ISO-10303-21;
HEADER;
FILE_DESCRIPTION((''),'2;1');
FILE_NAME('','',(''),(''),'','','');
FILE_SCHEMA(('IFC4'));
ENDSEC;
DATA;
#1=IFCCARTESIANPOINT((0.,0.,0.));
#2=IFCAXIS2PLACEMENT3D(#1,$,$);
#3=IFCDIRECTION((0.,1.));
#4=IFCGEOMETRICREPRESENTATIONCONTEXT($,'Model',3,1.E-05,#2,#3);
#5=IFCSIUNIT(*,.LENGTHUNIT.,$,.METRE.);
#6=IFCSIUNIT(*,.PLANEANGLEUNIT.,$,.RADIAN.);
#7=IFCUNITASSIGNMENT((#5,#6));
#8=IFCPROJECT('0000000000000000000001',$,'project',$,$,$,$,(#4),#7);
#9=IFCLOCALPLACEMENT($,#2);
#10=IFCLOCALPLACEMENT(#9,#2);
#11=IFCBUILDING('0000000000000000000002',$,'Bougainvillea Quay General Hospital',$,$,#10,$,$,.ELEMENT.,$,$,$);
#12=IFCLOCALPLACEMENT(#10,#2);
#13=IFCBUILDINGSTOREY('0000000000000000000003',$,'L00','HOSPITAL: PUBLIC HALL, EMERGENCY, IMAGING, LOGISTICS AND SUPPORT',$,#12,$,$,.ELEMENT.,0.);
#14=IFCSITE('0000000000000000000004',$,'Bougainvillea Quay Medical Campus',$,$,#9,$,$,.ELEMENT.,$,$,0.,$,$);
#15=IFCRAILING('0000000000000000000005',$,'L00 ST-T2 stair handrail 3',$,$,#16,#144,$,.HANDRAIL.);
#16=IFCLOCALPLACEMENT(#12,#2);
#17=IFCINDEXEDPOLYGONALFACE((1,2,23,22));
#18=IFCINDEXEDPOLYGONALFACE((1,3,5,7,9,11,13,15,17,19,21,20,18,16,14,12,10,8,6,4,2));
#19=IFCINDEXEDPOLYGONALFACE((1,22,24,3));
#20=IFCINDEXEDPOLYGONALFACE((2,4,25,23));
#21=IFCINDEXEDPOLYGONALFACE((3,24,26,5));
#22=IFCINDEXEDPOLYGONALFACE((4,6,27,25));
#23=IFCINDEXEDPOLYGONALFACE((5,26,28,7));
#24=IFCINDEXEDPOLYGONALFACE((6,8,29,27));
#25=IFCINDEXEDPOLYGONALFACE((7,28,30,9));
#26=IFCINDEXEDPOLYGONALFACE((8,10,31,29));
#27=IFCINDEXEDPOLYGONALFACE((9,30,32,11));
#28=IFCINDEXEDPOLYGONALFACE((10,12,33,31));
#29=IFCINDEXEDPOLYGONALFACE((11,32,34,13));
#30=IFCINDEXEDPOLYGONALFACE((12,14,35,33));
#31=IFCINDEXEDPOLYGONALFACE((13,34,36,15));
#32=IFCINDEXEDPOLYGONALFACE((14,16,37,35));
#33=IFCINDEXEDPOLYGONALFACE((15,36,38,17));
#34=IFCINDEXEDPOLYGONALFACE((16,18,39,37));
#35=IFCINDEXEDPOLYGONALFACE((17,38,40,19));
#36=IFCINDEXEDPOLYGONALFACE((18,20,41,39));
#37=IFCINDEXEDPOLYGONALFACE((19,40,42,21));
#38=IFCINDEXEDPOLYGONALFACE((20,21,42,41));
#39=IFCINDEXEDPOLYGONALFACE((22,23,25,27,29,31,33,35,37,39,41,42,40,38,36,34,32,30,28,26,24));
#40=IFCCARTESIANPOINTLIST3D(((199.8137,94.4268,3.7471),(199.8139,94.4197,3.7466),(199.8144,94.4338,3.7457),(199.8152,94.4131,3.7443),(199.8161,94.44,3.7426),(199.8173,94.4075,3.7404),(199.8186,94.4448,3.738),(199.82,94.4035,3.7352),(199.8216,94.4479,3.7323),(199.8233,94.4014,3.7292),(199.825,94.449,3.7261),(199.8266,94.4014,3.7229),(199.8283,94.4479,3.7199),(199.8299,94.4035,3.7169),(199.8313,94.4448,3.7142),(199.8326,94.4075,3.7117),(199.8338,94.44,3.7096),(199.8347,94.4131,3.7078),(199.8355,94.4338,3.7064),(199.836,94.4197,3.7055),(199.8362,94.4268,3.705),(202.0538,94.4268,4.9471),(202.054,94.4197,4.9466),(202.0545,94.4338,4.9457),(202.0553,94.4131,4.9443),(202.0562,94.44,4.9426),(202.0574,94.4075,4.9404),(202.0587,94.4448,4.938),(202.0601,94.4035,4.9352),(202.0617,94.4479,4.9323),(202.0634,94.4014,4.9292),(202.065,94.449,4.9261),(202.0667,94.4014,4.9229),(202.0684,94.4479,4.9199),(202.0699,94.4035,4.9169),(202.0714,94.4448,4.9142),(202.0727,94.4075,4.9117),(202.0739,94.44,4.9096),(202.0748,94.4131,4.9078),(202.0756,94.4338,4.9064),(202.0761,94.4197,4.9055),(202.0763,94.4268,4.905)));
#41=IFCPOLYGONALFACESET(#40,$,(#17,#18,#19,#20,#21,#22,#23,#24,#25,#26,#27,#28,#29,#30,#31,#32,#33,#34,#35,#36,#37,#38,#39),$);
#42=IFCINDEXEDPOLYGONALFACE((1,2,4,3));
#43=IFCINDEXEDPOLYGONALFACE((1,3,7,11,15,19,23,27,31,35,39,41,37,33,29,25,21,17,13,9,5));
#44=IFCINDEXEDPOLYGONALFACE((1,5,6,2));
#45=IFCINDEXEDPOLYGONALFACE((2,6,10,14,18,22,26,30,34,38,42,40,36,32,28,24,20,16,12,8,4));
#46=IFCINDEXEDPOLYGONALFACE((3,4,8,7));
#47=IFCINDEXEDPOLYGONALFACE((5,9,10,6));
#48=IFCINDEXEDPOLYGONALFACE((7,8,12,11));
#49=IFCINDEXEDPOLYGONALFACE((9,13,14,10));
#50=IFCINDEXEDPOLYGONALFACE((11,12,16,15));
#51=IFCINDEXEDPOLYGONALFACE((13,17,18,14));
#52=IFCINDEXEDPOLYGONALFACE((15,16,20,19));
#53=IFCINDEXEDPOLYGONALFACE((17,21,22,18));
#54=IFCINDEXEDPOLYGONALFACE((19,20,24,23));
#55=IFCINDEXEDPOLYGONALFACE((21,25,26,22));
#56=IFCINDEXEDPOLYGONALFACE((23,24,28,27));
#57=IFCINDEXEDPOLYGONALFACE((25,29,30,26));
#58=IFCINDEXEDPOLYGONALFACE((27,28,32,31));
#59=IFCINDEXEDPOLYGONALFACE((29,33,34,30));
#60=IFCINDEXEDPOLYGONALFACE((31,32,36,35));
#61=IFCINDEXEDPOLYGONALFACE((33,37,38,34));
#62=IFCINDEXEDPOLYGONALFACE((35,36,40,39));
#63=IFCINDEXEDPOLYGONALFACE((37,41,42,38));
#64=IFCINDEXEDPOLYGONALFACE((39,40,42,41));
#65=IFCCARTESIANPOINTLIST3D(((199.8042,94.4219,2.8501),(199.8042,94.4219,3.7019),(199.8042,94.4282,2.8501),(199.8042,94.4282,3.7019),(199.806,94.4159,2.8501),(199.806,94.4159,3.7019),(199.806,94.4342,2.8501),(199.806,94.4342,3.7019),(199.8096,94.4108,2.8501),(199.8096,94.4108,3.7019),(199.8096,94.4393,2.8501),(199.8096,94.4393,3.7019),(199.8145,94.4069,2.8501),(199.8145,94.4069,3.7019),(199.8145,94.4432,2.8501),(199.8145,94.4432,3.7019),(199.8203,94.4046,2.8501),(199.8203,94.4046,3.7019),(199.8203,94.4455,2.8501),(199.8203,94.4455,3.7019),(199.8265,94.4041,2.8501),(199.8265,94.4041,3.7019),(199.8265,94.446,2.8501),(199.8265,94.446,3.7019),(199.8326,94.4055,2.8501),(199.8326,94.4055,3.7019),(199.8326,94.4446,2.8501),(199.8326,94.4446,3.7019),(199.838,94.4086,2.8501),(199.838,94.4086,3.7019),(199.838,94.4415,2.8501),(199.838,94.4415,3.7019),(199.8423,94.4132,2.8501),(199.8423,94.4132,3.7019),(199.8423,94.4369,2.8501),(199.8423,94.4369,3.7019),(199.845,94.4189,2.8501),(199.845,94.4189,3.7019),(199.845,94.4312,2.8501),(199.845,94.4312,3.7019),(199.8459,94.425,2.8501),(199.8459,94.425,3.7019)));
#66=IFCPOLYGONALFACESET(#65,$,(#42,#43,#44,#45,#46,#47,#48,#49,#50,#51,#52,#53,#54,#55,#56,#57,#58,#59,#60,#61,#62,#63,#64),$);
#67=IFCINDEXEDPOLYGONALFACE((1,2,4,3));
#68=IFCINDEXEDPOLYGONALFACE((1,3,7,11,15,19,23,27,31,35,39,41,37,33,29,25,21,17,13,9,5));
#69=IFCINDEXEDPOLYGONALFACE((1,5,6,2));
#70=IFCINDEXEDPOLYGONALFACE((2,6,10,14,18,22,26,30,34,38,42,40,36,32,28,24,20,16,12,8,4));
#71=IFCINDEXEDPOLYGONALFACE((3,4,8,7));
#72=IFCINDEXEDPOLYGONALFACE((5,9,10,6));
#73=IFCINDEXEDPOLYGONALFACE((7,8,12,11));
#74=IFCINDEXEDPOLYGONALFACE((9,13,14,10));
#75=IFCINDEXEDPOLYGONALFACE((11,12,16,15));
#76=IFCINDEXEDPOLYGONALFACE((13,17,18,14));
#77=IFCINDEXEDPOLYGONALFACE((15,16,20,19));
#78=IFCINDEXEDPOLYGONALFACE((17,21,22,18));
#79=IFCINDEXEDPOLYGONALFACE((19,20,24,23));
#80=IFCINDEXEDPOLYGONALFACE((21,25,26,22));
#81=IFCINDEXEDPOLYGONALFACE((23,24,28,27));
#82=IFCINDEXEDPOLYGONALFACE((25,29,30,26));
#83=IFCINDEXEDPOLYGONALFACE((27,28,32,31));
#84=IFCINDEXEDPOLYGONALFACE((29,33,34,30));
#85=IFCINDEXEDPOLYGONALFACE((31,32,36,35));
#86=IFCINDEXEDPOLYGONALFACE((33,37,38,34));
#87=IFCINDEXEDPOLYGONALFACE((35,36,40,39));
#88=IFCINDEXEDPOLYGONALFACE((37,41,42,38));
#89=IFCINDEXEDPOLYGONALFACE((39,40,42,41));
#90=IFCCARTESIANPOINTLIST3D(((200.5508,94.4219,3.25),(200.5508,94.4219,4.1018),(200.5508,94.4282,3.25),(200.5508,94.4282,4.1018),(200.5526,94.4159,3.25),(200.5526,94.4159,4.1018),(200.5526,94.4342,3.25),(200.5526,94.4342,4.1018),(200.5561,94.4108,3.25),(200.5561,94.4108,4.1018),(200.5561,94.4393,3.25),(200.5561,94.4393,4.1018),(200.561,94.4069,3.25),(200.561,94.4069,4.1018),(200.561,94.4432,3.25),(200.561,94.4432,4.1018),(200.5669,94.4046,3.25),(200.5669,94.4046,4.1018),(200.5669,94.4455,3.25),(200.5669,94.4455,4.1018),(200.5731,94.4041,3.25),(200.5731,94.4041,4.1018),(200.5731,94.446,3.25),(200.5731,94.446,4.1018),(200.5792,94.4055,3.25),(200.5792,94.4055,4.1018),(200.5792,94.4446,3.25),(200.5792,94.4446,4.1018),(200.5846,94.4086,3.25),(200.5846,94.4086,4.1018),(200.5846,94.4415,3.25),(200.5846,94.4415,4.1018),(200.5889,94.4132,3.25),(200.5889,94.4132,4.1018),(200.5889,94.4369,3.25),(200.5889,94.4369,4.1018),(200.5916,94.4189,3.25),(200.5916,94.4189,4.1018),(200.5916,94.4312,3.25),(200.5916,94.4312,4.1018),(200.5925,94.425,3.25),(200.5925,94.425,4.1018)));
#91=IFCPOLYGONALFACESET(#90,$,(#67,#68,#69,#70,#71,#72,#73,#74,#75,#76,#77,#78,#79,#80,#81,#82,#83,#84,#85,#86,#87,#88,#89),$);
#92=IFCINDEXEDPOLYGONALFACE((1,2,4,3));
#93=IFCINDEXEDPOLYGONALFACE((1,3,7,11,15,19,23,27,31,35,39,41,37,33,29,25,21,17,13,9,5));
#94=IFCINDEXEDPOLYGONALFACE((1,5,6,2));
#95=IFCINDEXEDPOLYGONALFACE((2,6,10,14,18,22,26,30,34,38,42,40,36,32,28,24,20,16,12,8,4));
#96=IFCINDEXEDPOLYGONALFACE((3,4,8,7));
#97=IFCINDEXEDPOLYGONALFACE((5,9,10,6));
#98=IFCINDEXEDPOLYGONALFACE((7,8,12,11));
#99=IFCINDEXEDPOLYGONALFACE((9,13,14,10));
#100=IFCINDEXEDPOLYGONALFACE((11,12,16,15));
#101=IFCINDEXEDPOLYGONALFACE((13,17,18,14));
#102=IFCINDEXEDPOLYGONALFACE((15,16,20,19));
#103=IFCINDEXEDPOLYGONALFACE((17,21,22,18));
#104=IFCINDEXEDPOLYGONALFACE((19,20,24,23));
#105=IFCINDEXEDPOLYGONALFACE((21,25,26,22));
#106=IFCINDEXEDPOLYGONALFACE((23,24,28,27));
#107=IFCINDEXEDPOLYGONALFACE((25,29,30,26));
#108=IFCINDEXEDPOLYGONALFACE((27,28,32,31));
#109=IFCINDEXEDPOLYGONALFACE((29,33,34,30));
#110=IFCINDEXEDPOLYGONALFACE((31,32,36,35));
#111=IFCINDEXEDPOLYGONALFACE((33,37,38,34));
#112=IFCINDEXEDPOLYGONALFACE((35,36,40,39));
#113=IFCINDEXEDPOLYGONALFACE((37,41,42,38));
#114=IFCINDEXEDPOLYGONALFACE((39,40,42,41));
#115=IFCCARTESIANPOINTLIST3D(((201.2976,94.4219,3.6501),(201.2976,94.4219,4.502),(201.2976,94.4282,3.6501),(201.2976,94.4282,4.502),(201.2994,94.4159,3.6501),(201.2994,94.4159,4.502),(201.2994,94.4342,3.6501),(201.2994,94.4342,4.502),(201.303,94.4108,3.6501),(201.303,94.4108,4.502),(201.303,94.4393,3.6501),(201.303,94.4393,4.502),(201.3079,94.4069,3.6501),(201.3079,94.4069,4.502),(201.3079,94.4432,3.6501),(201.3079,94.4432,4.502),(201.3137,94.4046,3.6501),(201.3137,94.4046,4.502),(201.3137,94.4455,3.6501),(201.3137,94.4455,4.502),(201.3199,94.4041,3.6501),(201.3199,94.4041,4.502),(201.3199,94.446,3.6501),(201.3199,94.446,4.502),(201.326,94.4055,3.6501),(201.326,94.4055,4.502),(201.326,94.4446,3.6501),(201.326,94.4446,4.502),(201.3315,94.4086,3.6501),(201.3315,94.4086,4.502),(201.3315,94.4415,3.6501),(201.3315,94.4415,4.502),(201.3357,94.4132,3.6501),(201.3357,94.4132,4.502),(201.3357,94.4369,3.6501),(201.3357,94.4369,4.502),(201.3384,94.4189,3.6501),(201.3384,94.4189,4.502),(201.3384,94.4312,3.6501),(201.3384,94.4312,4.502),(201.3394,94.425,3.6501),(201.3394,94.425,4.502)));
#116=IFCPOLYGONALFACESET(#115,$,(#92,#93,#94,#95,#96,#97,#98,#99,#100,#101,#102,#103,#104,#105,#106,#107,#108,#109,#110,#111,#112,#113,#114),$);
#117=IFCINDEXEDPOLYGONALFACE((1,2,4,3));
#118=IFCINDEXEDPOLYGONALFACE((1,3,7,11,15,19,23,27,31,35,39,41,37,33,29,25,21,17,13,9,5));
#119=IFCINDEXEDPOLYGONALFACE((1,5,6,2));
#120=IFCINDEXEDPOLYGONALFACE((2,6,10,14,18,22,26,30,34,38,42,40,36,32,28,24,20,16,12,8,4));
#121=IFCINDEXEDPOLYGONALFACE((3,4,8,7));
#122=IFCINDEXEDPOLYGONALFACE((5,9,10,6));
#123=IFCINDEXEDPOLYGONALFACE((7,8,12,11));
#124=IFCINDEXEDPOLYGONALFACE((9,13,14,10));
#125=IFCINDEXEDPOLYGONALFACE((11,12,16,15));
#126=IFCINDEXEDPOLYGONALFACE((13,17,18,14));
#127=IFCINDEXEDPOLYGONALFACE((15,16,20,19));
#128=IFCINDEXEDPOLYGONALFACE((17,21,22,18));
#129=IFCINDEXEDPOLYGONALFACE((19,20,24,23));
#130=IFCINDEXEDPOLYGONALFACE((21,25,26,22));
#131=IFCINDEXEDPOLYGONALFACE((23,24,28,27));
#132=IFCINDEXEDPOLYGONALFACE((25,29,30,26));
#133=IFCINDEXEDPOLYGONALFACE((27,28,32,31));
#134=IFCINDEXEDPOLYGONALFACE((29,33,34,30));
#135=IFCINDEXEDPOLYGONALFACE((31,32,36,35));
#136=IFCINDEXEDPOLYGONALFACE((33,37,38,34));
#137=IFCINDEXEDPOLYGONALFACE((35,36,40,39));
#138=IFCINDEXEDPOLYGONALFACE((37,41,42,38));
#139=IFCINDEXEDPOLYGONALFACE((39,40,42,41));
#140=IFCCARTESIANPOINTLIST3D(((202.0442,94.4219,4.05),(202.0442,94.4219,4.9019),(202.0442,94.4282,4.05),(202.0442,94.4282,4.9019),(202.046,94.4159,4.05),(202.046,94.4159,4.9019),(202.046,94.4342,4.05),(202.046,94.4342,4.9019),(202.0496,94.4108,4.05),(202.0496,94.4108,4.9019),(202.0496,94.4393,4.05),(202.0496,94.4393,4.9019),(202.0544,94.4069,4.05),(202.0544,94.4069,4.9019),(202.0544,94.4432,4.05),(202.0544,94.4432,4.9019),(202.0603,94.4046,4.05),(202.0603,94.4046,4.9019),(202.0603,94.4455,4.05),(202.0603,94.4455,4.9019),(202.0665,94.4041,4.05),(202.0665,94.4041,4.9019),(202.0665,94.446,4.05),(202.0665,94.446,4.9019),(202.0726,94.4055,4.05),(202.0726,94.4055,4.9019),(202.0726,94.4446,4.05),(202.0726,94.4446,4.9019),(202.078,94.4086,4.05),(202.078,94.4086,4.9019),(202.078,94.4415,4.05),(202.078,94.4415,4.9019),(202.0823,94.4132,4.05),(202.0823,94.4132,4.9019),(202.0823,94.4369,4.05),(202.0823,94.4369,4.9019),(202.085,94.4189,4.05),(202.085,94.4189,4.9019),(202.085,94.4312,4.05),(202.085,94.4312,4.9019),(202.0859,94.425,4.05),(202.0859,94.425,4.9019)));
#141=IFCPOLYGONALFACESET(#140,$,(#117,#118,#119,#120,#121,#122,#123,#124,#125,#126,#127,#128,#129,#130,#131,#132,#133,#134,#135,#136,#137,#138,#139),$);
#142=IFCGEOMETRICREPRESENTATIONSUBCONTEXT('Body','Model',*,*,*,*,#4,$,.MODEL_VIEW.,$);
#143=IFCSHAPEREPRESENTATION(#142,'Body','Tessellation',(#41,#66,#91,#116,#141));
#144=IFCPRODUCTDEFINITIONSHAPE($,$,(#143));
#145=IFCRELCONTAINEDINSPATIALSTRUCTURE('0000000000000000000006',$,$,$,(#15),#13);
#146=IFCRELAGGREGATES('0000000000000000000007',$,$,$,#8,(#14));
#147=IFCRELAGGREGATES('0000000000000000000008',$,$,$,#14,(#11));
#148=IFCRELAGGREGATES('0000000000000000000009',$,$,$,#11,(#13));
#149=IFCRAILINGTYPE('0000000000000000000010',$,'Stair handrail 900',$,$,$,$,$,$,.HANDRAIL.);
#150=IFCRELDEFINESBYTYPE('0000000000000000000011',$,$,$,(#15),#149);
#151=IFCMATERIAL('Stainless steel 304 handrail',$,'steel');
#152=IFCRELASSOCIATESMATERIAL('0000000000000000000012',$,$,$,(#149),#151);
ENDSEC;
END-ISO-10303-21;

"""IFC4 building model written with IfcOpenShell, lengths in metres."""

from ifc_helpers import new_model, si_unit, direction, frame, origin, origin_2d, place, context, subcontext, project, spatial, circle, extrude, material, type_object, element, save


model = new_model("IFC4")

# Units and contexts
model_context = context("Model", 3, precision=1e-05, world=origin(), true_north=direction((0.0, 1.0)))
body_context = subcontext(model_context, "Body", "Model", "MODEL_VIEW")
ifc_project = project(units=[si_unit("LENGTHUNIT", "METRE"), si_unit("PLANEANGLEUNIT", "RADIAN")], contexts=[model_context])

# Site, building, storey
site_placement = place(None, origin())
site = spatial("IfcSite", under=ifc_project, at=site_placement, Name="Bougainvillea Quay Medical Campus", CompositionType="ELEMENT", RefElevation=0.0)
building_placement = place(site_placement, origin())
building = spatial("IfcBuilding", under=site, at=building_placement, Name="Bougainvillea Quay General Hospital", CompositionType="ELEMENT")
storey_placement = place(building_placement, origin())
storey = spatial("IfcBuildingStorey", under=building, at=storey_placement, Name="L00", Description="HOSPITAL: PUBLIC HALL, EMERGENCY, IMAGING, LOGISTICS AND SUPPORT", CompositionType="ELEMENT", Elevation=0.0)

# Railing
ifc_material_1 = material(Name="Stainless steel 304 handrail", Category="steel")
railing_type_1 = type_object("IfcRailingType", Name="Stair handrail 900", PredefinedType="HANDRAIL", material=ifc_material_1)
railing_1_placement = place(storey_placement, frame((199.825, 94.425, 2.8501)))
element("IfcRailing", 1, at=railing_1_placement, inside=storey, type_object=railing_type_1, Name="L00 ST-T2 stair handrail 3", PredefinedType="HANDRAIL", context=body_context, shape_type="SweptSolid", body=[
    extrude(circle(Radius=0.0239, at=origin_2d()), frame((0.0, 0.0, 0.876), z_axis=(0.881487, 0.0, 0.472208), x_axis=(0.0, 1.0, 0.0)), (0.0, 0.0, 1.0), 2.5413),
    extrude(circle(Radius=0.021, at=origin_2d()), origin(), (0.0, 0.0, 1.0), 0.8518),
    extrude(circle(Radius=0.021, at=origin_2d()), frame((0.7466, 0.0, 0.3999)), (0.0, 0.0, 1.0), 0.8518),
    extrude(circle(Radius=0.021, at=origin_2d()), frame((1.4934, 0.0, 0.8)), (0.0, 0.0, 1.0), 0.8518),
    extrude(circle(Radius=0.021, at=origin_2d()), frame((2.24, 0.0, 1.2)), (0.0, 0.0, 1.0), 0.8518),
])

save(model, "model.ifc")
